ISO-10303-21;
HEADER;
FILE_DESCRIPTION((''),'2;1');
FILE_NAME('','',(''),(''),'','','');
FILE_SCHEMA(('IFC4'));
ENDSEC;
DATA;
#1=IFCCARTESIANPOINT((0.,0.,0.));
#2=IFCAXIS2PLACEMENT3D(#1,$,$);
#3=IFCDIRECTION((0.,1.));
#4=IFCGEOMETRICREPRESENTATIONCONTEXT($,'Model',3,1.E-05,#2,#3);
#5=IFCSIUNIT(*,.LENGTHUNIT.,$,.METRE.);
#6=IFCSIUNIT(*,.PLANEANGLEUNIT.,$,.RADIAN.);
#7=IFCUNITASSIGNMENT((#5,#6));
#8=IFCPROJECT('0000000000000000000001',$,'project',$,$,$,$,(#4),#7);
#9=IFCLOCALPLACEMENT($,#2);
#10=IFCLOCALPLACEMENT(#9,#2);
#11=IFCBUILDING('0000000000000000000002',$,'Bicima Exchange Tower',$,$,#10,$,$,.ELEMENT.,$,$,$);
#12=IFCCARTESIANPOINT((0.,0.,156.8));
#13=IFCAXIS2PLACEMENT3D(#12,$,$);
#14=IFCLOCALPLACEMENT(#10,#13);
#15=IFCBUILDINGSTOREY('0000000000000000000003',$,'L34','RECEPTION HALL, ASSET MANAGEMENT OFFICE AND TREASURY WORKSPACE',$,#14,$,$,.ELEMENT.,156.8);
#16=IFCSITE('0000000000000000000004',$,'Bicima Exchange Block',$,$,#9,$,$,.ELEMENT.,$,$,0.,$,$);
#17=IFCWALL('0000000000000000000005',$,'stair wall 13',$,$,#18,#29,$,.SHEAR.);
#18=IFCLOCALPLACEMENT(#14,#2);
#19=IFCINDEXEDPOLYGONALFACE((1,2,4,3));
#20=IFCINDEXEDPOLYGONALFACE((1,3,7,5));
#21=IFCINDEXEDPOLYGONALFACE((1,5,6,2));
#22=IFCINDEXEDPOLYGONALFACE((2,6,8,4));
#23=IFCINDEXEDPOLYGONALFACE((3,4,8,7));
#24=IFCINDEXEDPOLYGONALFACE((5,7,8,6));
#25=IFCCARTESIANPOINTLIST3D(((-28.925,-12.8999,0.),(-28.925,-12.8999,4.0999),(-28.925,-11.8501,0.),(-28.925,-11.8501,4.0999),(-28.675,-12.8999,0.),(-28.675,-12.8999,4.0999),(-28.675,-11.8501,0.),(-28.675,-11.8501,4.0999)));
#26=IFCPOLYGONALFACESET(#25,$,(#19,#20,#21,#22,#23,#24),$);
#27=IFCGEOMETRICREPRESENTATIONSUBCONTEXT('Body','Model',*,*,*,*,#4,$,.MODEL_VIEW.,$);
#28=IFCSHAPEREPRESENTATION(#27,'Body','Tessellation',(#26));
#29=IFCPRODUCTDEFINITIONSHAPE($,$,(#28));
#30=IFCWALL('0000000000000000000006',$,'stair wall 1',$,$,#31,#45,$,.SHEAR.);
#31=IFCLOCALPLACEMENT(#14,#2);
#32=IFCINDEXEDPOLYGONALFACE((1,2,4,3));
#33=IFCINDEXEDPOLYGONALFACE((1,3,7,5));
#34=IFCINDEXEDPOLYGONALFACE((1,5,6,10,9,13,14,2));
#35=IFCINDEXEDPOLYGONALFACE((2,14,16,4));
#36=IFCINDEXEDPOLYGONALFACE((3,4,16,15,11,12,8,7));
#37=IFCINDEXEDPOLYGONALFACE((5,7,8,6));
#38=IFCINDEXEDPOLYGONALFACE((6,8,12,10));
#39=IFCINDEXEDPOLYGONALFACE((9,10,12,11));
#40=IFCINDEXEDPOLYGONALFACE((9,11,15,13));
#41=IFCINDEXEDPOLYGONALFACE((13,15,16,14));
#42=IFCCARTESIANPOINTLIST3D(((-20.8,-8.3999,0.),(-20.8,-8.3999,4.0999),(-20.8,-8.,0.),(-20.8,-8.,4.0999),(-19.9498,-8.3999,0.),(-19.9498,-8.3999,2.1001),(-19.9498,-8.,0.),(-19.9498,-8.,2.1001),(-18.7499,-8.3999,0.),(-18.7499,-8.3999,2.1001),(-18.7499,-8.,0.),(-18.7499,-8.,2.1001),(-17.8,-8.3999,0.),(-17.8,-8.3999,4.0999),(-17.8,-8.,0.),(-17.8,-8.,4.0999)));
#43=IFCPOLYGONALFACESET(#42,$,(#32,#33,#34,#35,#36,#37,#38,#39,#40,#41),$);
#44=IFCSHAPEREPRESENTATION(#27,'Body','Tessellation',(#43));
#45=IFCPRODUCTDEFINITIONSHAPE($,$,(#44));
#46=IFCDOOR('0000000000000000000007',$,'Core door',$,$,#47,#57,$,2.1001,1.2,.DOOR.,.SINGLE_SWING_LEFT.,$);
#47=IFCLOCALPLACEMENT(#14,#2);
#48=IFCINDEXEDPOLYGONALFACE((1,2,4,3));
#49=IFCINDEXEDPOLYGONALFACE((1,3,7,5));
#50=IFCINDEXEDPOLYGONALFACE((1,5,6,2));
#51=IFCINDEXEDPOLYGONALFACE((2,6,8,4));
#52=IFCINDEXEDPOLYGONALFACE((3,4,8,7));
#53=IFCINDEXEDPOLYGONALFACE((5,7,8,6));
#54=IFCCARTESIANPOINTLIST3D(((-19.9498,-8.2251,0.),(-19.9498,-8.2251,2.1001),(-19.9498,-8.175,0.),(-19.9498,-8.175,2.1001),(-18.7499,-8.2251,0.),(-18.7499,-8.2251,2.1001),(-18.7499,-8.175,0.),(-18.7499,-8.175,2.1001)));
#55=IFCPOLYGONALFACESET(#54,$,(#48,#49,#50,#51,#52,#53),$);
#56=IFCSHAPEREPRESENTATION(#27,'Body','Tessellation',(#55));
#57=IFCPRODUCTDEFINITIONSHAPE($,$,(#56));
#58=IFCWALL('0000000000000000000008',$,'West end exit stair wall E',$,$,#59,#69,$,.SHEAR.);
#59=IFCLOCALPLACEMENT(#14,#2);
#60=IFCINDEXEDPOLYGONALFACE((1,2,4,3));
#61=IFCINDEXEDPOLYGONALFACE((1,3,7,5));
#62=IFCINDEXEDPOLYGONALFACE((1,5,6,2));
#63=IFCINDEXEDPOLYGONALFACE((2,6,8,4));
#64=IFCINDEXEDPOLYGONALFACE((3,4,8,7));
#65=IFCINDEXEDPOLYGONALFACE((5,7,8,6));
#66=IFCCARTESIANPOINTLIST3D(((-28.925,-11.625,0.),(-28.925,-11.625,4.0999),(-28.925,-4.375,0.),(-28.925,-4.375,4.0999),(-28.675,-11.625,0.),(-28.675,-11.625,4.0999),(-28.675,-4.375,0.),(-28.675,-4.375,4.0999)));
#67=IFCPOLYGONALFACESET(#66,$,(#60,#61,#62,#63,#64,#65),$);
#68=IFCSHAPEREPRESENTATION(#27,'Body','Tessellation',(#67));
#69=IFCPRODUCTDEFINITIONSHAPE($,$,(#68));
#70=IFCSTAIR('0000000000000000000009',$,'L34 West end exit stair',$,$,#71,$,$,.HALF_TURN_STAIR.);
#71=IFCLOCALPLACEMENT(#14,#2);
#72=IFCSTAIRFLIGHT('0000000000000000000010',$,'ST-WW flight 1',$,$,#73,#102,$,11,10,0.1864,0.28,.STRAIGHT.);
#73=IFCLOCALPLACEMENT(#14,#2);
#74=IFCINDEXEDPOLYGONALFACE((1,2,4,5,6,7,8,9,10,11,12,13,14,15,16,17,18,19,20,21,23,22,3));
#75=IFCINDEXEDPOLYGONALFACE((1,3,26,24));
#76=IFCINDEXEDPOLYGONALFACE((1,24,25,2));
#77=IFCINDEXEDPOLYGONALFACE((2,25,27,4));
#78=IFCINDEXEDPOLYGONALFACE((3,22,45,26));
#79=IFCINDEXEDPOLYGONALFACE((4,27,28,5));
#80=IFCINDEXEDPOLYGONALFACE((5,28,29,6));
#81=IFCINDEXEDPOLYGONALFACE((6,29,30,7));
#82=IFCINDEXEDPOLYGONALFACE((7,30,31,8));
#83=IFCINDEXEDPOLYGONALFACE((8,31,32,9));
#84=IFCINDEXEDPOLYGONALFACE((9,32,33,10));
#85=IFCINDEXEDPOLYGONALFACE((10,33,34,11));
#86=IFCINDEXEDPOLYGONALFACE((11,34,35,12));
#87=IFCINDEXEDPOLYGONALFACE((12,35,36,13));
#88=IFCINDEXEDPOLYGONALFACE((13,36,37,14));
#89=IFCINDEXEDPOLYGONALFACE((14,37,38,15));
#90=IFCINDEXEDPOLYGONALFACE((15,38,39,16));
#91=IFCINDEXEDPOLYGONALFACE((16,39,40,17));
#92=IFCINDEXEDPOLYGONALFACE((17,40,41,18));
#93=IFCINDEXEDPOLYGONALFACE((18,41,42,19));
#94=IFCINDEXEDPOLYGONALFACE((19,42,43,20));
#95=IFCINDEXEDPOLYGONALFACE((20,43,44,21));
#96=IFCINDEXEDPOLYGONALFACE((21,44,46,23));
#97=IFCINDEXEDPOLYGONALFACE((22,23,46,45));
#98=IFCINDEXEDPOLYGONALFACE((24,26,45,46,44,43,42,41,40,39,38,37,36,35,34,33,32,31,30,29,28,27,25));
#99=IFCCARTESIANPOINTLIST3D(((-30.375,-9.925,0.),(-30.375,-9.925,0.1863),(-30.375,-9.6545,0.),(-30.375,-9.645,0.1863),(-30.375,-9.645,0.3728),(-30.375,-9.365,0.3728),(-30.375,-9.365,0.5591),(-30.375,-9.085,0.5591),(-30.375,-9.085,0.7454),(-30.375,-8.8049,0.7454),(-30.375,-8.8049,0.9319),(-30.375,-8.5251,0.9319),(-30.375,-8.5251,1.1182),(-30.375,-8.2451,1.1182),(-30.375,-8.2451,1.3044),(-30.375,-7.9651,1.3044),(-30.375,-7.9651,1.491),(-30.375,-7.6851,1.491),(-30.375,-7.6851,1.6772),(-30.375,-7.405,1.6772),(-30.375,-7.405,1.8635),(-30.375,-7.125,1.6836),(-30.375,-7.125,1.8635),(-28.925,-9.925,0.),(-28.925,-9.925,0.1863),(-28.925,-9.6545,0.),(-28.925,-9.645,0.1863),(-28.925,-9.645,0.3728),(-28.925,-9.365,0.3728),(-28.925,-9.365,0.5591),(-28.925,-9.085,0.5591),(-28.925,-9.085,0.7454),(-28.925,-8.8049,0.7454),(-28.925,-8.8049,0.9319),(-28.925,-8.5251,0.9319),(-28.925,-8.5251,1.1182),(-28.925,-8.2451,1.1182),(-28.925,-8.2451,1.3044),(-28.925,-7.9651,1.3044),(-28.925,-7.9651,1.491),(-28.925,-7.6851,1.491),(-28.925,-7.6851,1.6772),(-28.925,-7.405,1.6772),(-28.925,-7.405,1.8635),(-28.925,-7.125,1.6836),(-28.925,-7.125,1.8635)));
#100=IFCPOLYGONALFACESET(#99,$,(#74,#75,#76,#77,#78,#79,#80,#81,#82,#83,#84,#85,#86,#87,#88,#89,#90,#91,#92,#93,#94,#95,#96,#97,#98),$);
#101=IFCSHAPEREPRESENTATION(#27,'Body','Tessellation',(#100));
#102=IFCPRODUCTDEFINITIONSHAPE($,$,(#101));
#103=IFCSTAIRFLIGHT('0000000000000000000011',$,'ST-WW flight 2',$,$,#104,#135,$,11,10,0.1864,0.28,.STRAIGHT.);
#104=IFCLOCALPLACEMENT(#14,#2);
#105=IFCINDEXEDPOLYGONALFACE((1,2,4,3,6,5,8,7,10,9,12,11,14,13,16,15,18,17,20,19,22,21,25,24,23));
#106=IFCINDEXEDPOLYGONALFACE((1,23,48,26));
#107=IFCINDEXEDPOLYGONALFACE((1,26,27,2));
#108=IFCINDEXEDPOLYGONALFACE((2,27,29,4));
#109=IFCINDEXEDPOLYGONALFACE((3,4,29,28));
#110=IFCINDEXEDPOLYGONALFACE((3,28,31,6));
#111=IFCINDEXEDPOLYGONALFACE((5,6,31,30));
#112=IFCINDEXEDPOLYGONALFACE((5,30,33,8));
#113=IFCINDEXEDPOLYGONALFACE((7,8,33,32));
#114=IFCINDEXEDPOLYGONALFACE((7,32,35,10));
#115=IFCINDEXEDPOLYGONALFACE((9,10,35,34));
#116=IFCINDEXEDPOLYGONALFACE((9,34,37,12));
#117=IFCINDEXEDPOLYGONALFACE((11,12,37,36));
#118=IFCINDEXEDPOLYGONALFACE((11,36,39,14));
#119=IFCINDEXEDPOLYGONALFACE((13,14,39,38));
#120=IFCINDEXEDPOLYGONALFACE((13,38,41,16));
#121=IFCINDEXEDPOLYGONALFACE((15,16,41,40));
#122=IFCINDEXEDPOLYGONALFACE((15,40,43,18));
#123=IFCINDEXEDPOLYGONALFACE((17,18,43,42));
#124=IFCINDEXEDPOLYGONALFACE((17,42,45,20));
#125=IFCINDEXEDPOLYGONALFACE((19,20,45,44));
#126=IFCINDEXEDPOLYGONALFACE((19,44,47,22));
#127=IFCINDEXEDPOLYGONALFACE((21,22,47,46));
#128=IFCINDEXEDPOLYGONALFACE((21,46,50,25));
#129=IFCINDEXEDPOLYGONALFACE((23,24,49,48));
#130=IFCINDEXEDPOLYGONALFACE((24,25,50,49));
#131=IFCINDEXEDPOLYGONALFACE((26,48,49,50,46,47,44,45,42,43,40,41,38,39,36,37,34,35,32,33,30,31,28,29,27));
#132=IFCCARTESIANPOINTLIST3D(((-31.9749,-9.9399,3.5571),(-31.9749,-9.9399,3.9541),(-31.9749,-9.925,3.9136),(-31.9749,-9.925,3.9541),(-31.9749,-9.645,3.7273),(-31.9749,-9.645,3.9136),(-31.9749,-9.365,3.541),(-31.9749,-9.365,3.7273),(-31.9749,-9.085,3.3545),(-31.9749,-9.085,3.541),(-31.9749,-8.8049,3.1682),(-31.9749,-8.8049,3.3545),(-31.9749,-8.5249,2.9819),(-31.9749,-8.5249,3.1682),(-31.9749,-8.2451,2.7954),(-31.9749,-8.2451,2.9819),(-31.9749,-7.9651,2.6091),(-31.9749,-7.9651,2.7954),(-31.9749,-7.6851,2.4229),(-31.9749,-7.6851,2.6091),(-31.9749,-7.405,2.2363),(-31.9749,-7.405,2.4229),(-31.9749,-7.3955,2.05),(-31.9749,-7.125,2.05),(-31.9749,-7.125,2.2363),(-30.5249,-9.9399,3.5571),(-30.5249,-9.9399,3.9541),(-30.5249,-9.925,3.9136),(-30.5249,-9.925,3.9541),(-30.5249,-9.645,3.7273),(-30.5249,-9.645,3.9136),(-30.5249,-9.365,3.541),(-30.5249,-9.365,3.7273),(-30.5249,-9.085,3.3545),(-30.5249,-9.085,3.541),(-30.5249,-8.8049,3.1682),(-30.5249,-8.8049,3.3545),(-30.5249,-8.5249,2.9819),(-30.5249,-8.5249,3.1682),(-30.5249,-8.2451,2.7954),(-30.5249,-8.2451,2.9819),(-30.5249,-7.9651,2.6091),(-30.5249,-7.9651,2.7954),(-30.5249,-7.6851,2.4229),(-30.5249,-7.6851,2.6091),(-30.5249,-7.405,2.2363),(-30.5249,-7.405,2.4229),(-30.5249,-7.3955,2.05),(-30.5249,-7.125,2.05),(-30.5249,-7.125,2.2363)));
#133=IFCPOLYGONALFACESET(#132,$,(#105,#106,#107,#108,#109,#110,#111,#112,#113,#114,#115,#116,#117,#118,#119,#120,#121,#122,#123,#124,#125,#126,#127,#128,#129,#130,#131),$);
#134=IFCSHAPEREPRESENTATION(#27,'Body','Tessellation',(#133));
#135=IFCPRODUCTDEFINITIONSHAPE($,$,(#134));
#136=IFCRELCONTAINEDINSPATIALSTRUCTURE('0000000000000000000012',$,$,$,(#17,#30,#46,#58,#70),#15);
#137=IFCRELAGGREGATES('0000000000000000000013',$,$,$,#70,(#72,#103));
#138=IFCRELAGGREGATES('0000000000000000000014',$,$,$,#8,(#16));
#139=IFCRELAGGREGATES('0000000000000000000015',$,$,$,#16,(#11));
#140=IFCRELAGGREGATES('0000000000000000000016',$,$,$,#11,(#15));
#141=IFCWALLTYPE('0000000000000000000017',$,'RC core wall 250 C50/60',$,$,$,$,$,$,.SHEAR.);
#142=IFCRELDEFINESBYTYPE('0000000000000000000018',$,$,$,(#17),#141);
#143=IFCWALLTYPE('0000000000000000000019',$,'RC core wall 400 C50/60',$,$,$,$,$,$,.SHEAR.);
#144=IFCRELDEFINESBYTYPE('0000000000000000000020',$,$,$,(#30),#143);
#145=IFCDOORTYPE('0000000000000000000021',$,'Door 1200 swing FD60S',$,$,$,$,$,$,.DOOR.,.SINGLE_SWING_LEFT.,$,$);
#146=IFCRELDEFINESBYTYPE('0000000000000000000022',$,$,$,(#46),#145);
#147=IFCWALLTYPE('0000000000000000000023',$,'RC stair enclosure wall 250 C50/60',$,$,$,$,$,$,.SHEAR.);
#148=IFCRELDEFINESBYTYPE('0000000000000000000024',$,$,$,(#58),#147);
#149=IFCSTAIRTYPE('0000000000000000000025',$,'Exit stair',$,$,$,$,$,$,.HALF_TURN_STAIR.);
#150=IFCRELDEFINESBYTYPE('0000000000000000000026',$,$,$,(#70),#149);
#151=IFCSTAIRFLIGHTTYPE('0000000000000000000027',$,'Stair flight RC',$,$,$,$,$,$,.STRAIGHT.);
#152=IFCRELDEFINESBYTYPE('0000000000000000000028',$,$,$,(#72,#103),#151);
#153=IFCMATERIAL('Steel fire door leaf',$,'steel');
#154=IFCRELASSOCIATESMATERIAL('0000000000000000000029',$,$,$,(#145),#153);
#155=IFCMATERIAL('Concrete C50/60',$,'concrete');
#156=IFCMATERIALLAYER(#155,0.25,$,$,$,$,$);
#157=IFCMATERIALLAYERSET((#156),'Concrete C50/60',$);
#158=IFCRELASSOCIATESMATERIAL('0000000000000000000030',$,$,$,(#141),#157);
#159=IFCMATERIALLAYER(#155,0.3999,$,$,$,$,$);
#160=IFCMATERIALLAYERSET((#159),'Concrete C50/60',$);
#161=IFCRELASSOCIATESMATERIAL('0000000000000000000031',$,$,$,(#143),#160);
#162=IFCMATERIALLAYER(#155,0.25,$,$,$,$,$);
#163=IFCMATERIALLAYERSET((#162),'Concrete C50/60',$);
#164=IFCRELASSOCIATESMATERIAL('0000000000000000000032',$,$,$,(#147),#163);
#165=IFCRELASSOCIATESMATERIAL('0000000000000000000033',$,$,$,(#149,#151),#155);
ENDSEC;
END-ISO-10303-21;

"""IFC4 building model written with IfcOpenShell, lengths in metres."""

from ifc_helpers import new_model, si_unit, direction, frame, frame_2d, origin, place, context, subcontext, project, spatial, polyline, rectangle, outline, extrude, material, layer, layer_set, type_object, element, fill, aggregate, save


model = new_model("IFC4")

# Units and contexts
model_context = context("Model", 3, precision=1e-05, world=origin(), true_north=direction((0.0, 1.0)))
body_context = subcontext(model_context, "Body", "Model", "MODEL_VIEW")
ifc_project = project(units=[si_unit("LENGTHUNIT", "METRE"), si_unit("PLANEANGLEUNIT", "RADIAN")], contexts=[model_context])

# Site, building, storey
site_placement = place(None, origin())
site = spatial("IfcSite", under=ifc_project, at=site_placement, Name="Bicima Exchange Block", CompositionType="ELEMENT", RefElevation=0.0)
building_placement = place(site_placement, origin())
building = spatial("IfcBuilding", under=site, at=building_placement, Name="Bicima Exchange Tower", CompositionType="ELEMENT")
storey_placement = place(building_placement, frame((0.0, 0.0, 156.8)))
storey = spatial("IfcBuildingStorey", under=building, at=storey_placement, Name="L34", Description="RECEPTION HALL, ASSET MANAGEMENT OFFICE AND TREASURY WORKSPACE", CompositionType="ELEMENT", Elevation=156.8)

# Shared definitions
ifc_material_1 = material(Name="Concrete C50/60", Category="concrete")
ifc_material_2 = material(Name="Steel fire door leaf", Category="steel")
door_type_1 = type_object("IfcDoorType", Name="Door 1200 swing FD60S", OperationType="SINGLE_SWING_LEFT", PredefinedType="DOOR", material=ifc_material_2)

# Wall
ifc_layer_1 = layer(ifc_material_1, 0.25)
ifc_layer_set_1 = layer_set([ifc_layer_1], Name="Concrete C50/60")
wall_type_1 = type_object("IfcWallType", Name="RC core wall 250 C50/60", PredefinedType="SHEAR", material=ifc_layer_set_1)
wall_1_placement = place(storey_placement, frame((-28.8, -12.8999, 0.0), z_axis=(0.0, 0.0, 1.0), x_axis=(0.0, 1.0, 0.0)))
element("IfcWall", 1, at=wall_1_placement, inside=storey, type_object=wall_type_1, Name="stair wall 13", PredefinedType="SHEAR", context=body_context, shape_type="SweptSolid", body=[
    extrude(rectangle(XDim=1.0498, YDim=0.25, at=frame_2d((0.5249, 0.0))), origin(), (0.0, 0.0, 1.0), 4.0999),
])

# Wall, opening, door
ifc_layer_2 = layer(ifc_material_1, 0.3999)
ifc_layer_set_2 = layer_set([ifc_layer_2], Name="Concrete C50/60")
wall_type_2 = type_object("IfcWallType", Name="RC core wall 400 C50/60", PredefinedType="SHEAR", material=ifc_layer_set_2)
wall_2_placement = place(storey_placement, frame((-20.8, -8.2, 0.0), z_axis=(0.0, 0.0, 1.0), x_axis=(1.0, 0.0, 0.0)))
wall_2 = element("IfcWall", 2, at=wall_2_placement, inside=storey, type_object=wall_type_2, Name="stair wall 1", PredefinedType="SHEAR", context=body_context, shape_type="SweptSolid", body=[
    extrude(rectangle(XDim=3.0, YDim=0.3999, at=frame_2d((1.5, 0.0))), origin(), (0.0, 0.0, 1.0), 4.0999),
])
opening_1_placement = place(wall_2_placement, frame((0.8501, 0.0, 0.0)))
opening_1 = element("IfcOpeningElement", 3, at=opening_1_placement, cuts=wall_2, PredefinedType="OPENING", context=body_context, shape_type="SweptSolid", body=[
    extrude(rectangle(XDim=1.2, YDim=2.1001, at=frame_2d((0.6001, 1.05))), frame((0.0, 0.2119, 0.0), z_axis=(0.0, -1.0, 0.0), x_axis=(1.0, 0.0, 0.0)), (0.0, 0.0, 1.0), 0.4238),
])
door_1_placement = place(opening_1_placement, origin())
door_1 = element("IfcDoor", 4, at=door_1_placement, inside=storey, type_object=door_type_1, Name="Core door", OperationType="SINGLE_SWING_LEFT", OverallHeight=2.1001, OverallWidth=1.2, PredefinedType="DOOR", context=body_context, shape_type="SweptSolid", body=[
    extrude(rectangle(XDim=1.2, YDim=2.1001, at=frame_2d((0.6001, 1.05))), frame((0.0, 0.0249, 0.0), z_axis=(0.0, -1.0, 0.0), x_axis=(1.0, 0.0, 0.0)), (0.0, 0.0, 1.0), 0.05),
])
fill(opening_1, door_1)

# Wall
ifc_layer_3 = layer(ifc_material_1, 0.25)
ifc_layer_set_3 = layer_set([ifc_layer_3], Name="Concrete C50/60")
wall_type_3 = type_object("IfcWallType", Name="RC stair enclosure wall 250 C50/60", PredefinedType="SHEAR", material=ifc_layer_set_3)
wall_3_placement = place(storey_placement, frame((-28.8, -11.625, 0.0), z_axis=(0.0, 0.0, 1.0), x_axis=(0.0, 1.0, 0.0)))
element("IfcWall", 5, at=wall_3_placement, inside=storey, type_object=wall_type_3, Name="West end exit stair wall E", PredefinedType="SHEAR", context=body_context, shape_type="SweptSolid", body=[
    extrude(rectangle(XDim=7.25, YDim=0.25, at=frame_2d((3.625, 0.0))), origin(), (0.0, 0.0, 1.0), 4.0999),
])

# Stair, stair flights
stair_type = type_object("IfcStairType", Name="Exit stair", PredefinedType="HALF_TURN_STAIR", material=ifc_material_1)
stair_placement = place(storey_placement, origin())
stair = element("IfcStair", 6, at=stair_placement, inside=storey, type_object=stair_type, Name="L34 West end exit stair", PredefinedType="HALF_TURN_STAIR")
stair_flight_type = type_object("IfcStairFlightType", Name="Stair flight RC", PredefinedType="STRAIGHT", material=ifc_material_1)
stair_flight_1_placement = place(storey_placement, frame((-29.6499, -9.925, 0.0), z_axis=(0.0, 0.0, 1.0), x_axis=(0.0, 1.0, 0.0)))
stair_flight_1 = element("IfcStairFlight", 7, at=stair_flight_1_placement, type_object=stair_flight_type, Name="ST-WW flight 1", NumberOfRisers=11, NumberOfTreads=10, PredefinedType="STRAIGHT", RiserHeight=0.1864, TreadLength=0.28, context=body_context, shape_type="SweptSolid", body=[
    extrude(outline(polyline([(0.0, 0.0), (0.0, 0.1863), (0.28, 0.1863), (0.28, 0.3728), (0.5601, 0.3728), (0.5601, 0.5591), (0.8401, 0.5591), (0.8401, 0.7454), (1.1201, 0.7454), (1.1201, 0.9319), (1.3999, 0.9319), (1.3999, 1.1182), (1.6799, 1.1182), (1.6799, 1.3044), (1.96, 1.3044), (1.96, 1.491), (2.24, 1.491), (2.24, 1.6772), (2.52, 1.6772), (2.52, 1.8635), (2.8, 1.8635), (2.8, 2.05), (2.8, 1.6836), (0.2705, 0.0), (0.0, 0.0)])), frame((0.0, 0.7251, 0.0), z_axis=(0.0, -1.0, 0.0), x_axis=(1.0, 0.0, 0.0)), (0.0, 0.0, 1.0), 1.45),
])
stair_flight_2_placement = place(storey_placement, frame((-31.25, -7.125, 2.05), z_axis=(0.0, 0.0, 1.0), x_axis=(0.0, -1.0, 0.0)))
stair_flight_2 = element("IfcStairFlight", 8, at=stair_flight_2_placement, type_object=stair_flight_type, Name="ST-WW flight 2", NumberOfRisers=11, NumberOfTreads=10, PredefinedType="STRAIGHT", RiserHeight=0.1864, TreadLength=0.28, context=body_context, shape_type="SweptSolid", body=[
    extrude(outline(polyline([(0.0, 0.0), (0.0, 0.1863), (0.28, 0.1863), (0.28, 0.3728), (0.5601, 0.3728), (0.5601, 0.5591), (0.8401, 0.5591), (0.8401, 0.7454), (1.1201, 0.7454), (1.1201, 0.9319), (1.3999, 0.9319), (1.3999, 1.1182), (1.6799, 1.1182), (1.6799, 1.3044), (1.96, 1.3044), (1.96, 1.491), (2.24, 1.491), (2.24, 1.6772), (2.52, 1.6772), (2.52, 1.8635), (2.8, 1.8635), (2.8, 1.9041), (2.8149, 1.9041), (2.8149, 1.5071), (0.2705, 0.0), (0.0, 0.0)])), frame((0.0, 0.7251, 0.0), z_axis=(0.0, -1.0, 0.0), x_axis=(1.0, 0.0, 0.0)), (0.0, 0.0, 1.0), 1.45),
])
aggregate(stair, [stair_flight_1, stair_flight_2])

save(model, "model.ifc")
